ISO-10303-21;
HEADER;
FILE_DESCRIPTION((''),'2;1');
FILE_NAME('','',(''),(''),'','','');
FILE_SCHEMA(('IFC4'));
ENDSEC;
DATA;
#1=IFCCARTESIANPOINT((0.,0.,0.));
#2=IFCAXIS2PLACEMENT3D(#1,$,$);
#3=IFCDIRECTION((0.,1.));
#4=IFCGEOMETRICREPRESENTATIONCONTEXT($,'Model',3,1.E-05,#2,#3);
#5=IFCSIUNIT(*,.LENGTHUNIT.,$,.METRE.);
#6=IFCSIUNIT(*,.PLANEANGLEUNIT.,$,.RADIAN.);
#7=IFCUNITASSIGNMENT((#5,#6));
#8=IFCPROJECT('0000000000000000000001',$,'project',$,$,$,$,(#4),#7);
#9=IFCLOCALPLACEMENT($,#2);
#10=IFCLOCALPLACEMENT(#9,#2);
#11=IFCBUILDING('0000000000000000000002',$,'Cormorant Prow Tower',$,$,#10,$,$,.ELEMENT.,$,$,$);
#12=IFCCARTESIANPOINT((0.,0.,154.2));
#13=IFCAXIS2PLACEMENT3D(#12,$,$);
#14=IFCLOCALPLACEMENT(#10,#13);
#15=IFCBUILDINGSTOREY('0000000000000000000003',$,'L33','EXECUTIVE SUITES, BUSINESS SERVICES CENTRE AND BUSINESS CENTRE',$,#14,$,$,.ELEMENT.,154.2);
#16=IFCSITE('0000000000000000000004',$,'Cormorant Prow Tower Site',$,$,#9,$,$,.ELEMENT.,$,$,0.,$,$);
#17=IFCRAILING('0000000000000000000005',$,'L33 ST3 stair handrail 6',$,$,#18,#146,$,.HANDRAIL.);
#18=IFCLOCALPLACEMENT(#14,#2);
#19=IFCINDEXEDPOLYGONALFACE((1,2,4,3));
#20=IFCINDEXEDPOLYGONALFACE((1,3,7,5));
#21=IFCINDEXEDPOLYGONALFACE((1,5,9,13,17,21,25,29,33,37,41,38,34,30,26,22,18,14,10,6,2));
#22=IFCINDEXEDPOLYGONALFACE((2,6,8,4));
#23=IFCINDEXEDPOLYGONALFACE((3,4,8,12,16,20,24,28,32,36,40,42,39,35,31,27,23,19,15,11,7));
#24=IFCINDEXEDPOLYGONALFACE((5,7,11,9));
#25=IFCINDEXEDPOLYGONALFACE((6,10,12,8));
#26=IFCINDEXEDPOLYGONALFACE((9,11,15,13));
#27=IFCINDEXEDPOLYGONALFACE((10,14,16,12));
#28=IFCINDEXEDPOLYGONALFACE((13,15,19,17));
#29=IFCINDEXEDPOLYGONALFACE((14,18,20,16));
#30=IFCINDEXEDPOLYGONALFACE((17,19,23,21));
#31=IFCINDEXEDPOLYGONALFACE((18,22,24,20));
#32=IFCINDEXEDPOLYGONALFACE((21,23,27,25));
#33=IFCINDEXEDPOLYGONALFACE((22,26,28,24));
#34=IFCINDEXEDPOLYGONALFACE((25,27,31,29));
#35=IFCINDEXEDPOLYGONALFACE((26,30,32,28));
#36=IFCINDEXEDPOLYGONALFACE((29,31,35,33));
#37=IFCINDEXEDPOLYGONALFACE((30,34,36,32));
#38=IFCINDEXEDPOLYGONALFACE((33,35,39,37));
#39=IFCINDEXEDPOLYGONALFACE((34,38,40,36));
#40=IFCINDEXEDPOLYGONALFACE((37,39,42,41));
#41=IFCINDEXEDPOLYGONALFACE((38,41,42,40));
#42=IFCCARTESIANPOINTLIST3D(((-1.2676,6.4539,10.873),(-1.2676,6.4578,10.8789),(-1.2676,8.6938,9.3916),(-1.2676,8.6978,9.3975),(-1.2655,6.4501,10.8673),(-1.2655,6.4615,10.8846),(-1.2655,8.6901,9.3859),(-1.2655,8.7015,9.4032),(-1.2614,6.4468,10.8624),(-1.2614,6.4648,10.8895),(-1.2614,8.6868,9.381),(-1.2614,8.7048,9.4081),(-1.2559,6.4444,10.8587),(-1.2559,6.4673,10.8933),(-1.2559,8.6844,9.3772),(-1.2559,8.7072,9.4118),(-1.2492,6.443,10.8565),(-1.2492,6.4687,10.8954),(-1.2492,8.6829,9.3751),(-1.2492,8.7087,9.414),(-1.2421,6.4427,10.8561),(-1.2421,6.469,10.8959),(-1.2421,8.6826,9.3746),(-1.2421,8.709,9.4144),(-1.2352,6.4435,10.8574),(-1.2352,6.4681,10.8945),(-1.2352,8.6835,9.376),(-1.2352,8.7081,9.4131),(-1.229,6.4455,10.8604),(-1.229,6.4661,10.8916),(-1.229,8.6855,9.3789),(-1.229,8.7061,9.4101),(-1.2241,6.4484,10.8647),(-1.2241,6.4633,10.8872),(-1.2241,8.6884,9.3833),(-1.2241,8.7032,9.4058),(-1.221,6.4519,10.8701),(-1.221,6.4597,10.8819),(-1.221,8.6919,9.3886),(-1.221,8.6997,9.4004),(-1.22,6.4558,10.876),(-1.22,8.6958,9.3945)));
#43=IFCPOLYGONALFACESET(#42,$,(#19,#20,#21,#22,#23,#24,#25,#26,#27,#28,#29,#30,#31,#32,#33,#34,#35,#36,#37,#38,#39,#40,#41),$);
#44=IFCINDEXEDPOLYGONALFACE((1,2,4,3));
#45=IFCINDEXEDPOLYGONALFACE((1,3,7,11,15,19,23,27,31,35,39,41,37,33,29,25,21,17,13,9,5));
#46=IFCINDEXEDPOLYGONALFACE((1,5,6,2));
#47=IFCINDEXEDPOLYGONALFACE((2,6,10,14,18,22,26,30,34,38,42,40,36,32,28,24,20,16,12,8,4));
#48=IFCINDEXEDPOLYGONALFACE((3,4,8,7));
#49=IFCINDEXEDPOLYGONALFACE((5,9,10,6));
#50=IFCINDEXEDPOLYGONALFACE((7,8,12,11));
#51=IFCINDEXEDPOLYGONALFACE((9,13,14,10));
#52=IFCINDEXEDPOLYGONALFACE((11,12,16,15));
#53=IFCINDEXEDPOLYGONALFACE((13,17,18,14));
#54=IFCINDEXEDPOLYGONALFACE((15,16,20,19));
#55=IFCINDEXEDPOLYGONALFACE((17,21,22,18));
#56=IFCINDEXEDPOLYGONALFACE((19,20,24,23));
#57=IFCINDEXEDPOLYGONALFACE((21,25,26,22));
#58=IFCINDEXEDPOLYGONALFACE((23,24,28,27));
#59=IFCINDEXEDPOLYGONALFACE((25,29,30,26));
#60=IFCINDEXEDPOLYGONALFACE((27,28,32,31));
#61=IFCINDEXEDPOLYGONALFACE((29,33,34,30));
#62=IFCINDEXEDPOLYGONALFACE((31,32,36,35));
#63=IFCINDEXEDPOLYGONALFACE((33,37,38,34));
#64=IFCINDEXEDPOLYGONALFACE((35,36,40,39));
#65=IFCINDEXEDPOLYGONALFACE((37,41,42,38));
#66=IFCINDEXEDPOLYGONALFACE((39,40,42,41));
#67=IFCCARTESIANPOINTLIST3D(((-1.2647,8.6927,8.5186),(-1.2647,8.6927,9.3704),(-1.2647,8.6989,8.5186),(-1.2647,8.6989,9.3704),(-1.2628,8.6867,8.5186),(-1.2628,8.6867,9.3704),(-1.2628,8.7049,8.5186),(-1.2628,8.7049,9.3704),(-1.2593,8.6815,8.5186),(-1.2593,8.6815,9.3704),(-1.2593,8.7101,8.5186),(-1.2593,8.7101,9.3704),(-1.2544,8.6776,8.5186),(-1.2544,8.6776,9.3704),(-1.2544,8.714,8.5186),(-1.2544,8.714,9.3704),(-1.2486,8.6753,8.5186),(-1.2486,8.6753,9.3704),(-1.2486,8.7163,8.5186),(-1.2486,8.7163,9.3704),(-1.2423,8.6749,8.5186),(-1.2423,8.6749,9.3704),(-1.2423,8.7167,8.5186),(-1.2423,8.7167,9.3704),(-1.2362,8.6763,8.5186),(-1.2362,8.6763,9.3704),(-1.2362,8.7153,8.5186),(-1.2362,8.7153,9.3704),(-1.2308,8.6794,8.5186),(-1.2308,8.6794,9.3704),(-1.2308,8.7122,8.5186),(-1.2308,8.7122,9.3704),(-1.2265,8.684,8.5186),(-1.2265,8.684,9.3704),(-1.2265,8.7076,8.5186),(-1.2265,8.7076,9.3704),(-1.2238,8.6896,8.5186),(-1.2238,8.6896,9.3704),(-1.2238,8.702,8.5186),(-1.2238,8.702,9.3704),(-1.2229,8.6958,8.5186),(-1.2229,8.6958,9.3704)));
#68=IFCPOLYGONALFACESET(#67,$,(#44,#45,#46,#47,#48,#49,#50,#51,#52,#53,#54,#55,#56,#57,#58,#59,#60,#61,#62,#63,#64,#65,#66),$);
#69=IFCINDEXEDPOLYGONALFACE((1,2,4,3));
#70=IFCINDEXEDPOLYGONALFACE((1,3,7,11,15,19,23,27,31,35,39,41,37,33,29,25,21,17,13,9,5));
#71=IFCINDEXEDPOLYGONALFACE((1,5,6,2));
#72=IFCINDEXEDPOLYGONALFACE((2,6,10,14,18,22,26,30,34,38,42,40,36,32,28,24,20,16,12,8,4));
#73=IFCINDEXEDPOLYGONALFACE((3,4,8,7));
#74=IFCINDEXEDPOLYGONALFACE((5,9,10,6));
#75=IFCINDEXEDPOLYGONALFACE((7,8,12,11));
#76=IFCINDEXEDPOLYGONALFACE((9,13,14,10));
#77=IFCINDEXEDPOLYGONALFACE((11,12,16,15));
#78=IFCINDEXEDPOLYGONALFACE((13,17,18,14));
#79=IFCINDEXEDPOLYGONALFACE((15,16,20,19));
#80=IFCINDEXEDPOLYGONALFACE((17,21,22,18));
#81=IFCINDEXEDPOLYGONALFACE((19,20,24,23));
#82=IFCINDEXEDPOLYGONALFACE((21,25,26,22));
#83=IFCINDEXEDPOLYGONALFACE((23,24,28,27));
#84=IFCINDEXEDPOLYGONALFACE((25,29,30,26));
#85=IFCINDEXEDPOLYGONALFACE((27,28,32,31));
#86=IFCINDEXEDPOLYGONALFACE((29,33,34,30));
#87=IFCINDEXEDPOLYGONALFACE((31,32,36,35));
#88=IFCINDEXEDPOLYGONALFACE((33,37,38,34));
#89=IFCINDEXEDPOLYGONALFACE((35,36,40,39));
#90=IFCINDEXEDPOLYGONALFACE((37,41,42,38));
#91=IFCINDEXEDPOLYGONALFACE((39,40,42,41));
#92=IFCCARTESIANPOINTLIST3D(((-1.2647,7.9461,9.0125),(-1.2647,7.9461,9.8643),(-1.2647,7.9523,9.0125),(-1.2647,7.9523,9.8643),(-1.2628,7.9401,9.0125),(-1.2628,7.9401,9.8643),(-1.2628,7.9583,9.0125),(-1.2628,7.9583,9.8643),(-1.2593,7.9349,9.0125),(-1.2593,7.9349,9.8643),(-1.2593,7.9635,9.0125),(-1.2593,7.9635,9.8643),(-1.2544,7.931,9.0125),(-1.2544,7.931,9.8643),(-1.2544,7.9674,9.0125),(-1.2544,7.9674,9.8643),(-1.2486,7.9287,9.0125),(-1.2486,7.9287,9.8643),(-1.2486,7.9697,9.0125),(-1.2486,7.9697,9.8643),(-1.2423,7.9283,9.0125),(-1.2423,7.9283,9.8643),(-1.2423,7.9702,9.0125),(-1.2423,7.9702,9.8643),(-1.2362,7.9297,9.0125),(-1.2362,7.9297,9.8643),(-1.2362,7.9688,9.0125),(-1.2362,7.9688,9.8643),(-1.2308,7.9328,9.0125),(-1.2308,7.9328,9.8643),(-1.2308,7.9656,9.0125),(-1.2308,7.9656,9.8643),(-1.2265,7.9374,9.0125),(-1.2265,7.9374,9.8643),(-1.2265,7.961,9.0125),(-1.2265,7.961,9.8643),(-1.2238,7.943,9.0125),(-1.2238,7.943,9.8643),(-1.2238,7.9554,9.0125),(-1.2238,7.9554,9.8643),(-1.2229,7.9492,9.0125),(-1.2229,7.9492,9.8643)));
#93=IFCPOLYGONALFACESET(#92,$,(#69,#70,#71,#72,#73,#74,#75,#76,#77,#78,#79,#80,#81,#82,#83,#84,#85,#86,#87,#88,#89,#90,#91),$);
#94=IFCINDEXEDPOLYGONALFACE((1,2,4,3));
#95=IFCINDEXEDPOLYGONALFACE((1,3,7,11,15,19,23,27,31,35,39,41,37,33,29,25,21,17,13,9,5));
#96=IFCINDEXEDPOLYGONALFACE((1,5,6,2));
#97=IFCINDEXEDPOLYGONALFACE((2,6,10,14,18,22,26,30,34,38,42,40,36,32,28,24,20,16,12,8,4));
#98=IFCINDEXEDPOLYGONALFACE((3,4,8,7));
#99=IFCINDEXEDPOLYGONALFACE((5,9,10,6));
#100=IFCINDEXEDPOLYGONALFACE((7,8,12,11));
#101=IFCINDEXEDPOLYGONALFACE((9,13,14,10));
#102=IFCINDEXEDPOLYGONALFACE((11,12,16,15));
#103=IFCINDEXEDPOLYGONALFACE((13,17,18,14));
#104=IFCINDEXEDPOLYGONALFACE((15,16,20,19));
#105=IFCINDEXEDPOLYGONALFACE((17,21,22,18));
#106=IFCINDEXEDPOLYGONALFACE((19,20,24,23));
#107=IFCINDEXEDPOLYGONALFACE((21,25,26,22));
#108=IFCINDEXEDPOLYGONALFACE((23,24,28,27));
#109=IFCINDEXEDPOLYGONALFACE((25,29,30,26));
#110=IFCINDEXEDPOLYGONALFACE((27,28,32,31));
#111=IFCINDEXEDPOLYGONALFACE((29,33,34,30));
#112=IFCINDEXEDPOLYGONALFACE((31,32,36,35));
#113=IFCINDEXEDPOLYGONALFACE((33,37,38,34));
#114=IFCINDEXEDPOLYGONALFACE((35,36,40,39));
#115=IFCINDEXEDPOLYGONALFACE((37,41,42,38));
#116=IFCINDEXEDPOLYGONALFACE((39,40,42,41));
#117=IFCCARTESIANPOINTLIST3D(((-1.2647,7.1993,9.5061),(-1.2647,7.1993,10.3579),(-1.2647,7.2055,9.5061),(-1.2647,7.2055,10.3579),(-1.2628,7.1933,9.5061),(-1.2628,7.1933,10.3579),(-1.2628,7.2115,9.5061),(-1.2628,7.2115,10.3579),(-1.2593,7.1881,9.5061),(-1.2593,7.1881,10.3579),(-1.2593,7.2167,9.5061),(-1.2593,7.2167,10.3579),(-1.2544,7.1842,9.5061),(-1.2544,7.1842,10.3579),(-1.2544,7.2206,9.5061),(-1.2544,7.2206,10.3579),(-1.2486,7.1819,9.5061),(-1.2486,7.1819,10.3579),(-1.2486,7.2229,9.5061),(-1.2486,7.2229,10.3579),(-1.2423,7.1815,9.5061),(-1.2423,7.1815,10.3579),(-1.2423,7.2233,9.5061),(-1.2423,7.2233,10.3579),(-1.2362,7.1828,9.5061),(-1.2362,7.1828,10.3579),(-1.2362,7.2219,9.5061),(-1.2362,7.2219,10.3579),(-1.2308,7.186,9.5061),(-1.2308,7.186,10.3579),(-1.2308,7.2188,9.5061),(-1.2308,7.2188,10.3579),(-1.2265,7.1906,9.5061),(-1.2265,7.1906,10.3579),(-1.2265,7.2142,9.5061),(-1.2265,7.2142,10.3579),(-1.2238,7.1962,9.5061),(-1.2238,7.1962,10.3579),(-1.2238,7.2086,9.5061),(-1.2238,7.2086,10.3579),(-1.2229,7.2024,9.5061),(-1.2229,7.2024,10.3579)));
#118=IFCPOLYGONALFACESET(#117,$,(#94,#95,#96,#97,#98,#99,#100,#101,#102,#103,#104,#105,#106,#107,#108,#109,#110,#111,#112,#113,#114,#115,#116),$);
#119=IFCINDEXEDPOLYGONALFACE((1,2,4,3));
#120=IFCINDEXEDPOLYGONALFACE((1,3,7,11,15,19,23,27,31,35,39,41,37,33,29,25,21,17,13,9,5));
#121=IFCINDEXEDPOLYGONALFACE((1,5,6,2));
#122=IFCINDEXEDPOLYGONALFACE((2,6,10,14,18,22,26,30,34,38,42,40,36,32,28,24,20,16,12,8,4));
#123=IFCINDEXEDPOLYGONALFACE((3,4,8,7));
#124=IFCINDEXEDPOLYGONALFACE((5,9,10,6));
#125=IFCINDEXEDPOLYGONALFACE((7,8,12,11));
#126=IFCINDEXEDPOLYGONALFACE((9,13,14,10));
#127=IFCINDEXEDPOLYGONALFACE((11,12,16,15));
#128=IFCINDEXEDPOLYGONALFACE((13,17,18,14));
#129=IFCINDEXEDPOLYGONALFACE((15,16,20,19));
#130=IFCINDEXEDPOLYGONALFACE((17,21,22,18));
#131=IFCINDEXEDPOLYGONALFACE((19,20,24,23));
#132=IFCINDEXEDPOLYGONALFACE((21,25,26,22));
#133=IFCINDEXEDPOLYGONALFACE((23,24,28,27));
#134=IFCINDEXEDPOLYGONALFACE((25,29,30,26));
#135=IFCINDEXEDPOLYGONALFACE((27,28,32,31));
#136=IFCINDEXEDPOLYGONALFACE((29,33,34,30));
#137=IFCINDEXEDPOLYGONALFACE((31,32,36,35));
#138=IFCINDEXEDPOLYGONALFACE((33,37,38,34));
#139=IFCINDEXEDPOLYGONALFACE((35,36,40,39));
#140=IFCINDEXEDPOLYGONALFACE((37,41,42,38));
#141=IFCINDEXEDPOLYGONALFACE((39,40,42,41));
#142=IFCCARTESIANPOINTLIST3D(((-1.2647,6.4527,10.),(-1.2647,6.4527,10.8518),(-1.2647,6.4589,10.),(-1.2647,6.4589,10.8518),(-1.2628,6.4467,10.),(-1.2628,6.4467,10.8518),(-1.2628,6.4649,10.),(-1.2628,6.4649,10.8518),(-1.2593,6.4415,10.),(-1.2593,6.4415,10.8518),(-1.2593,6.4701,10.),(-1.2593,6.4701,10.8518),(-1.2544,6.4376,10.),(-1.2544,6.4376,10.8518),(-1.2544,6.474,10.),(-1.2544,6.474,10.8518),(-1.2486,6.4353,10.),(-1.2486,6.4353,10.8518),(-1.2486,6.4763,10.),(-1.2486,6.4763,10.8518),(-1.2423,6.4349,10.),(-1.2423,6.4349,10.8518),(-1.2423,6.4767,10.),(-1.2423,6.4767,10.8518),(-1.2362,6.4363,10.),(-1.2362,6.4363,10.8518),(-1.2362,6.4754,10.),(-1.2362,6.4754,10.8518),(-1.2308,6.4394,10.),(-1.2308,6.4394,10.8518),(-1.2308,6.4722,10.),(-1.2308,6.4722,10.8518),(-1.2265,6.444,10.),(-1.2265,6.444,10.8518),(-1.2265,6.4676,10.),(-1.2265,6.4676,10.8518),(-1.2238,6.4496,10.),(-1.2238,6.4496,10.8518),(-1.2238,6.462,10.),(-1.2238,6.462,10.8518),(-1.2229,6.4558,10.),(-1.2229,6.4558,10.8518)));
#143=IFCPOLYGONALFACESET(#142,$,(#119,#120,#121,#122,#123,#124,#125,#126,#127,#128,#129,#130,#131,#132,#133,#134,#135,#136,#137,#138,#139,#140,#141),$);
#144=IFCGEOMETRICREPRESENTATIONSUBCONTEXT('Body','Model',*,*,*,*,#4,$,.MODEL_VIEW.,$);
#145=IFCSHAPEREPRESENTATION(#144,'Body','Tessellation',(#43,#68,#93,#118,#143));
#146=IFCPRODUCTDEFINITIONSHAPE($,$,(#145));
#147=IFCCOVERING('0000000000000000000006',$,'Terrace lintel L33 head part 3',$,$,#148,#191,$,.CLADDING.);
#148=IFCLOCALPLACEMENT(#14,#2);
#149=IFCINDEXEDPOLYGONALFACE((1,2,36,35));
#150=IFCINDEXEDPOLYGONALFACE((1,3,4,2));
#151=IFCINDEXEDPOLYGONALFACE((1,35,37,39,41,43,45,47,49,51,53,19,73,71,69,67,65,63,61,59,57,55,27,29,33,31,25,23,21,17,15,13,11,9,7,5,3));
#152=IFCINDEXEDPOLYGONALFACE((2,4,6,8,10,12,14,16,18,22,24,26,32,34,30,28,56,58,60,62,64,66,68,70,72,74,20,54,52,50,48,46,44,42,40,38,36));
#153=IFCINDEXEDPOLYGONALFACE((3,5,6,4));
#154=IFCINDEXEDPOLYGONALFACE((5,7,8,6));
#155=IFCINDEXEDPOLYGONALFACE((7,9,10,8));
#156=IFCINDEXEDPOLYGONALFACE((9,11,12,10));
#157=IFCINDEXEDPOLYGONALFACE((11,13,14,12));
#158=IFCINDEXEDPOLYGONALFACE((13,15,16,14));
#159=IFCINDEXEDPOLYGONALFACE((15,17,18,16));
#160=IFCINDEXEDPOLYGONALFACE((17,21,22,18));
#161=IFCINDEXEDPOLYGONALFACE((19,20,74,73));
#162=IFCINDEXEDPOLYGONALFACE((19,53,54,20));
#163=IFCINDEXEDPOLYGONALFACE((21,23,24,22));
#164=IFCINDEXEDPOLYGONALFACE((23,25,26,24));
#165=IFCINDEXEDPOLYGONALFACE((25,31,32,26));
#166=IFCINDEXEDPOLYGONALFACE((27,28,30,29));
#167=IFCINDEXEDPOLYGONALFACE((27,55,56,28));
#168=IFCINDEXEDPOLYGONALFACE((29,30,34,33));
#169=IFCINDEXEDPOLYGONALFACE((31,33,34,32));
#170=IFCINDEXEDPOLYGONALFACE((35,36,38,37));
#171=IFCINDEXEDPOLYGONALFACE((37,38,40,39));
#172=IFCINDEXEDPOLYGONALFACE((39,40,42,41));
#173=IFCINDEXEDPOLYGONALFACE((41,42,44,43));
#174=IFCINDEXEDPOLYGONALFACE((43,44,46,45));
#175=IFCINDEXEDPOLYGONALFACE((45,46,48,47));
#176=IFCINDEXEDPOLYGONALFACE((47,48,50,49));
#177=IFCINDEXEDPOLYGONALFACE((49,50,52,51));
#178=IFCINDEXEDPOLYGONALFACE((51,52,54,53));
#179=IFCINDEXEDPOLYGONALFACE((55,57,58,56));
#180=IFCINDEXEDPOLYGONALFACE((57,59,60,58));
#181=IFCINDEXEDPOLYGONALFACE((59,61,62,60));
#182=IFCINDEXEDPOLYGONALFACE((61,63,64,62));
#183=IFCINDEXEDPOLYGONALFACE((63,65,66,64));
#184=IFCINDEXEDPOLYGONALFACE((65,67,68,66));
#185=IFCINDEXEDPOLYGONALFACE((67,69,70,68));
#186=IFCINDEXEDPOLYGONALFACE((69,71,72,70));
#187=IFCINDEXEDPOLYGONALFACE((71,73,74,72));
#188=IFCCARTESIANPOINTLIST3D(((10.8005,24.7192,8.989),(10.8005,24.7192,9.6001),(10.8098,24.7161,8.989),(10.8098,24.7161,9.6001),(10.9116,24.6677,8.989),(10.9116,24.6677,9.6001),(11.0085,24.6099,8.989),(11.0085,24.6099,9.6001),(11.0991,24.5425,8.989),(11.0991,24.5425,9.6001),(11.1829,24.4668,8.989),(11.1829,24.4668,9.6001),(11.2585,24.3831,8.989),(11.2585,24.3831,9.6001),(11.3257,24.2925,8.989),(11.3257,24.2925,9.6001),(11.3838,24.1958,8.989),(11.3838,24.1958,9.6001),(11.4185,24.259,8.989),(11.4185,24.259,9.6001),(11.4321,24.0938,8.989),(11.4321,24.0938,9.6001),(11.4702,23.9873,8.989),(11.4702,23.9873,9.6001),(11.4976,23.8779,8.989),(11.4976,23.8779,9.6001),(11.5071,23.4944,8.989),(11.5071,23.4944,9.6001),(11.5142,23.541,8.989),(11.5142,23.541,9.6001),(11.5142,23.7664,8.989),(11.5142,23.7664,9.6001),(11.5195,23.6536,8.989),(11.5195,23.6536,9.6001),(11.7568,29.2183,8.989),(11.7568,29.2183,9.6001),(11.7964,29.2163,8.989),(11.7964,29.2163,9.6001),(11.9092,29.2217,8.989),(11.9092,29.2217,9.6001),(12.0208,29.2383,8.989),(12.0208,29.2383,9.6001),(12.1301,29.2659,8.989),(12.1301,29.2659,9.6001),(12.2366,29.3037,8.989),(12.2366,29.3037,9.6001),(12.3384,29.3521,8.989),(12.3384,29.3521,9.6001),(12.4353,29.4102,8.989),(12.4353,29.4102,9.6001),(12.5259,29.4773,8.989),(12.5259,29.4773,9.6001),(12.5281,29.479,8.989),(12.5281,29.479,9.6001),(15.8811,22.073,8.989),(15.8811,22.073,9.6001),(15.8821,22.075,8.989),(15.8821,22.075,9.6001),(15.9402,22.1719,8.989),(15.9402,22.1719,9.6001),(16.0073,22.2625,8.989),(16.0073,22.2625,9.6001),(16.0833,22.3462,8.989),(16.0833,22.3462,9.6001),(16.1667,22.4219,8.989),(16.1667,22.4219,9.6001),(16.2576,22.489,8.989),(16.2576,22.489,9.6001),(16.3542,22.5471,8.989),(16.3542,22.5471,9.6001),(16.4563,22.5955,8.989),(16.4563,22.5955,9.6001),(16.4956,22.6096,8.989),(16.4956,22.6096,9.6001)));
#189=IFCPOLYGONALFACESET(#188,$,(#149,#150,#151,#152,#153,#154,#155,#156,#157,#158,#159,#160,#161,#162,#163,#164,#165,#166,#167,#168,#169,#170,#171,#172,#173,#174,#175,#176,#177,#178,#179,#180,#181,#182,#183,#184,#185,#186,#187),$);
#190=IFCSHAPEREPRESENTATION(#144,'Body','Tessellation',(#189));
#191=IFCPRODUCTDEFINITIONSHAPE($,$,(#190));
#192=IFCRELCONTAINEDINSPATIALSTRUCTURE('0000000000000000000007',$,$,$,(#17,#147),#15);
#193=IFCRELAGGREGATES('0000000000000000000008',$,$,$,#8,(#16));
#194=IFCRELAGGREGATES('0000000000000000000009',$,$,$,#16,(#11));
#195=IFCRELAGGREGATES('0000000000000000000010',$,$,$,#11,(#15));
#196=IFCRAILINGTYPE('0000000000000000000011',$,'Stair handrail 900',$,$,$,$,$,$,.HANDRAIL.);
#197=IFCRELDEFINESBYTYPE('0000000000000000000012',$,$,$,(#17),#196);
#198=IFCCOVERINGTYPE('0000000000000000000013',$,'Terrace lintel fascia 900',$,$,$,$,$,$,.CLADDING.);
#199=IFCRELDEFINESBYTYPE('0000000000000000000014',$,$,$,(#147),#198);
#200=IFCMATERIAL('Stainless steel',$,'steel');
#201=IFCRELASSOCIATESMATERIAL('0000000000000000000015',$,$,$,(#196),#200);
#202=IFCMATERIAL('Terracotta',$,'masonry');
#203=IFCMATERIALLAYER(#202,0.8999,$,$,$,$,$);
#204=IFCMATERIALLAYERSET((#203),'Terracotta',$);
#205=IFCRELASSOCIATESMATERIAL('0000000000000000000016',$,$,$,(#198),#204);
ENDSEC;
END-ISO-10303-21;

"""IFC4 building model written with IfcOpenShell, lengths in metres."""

from ifc_helpers import new_model, si_unit, direction, frame, origin, origin_2d, place, context, subcontext, project, spatial, polyline, circle, outline, extrude, material, layer, layer_set, type_object, element, save


model = new_model("IFC4")

# Units and contexts
model_context = context("Model", 3, precision=1e-05, world=origin(), true_north=direction((0.0, 1.0)))
body_context = subcontext(model_context, "Body", "Model", "MODEL_VIEW")
ifc_project = project(units=[si_unit("LENGTHUNIT", "METRE"), si_unit("PLANEANGLEUNIT", "RADIAN")], contexts=[model_context])

# Site, building, storey
site_placement = place(None, origin())
site = spatial("IfcSite", under=ifc_project, at=site_placement, Name="Cormorant Prow Tower Site", CompositionType="ELEMENT", RefElevation=0.0)
building_placement = place(site_placement, origin())
building = spatial("IfcBuilding", under=site, at=building_placement, Name="Cormorant Prow Tower", CompositionType="ELEMENT")
storey_placement = place(building_placement, frame((0.0, 0.0, 154.2)))
storey = spatial("IfcBuildingStorey", under=building, at=storey_placement, Name="L33", Description="EXECUTIVE SUITES, BUSINESS SERVICES CENTRE AND BUSINESS CENTRE", CompositionType="ELEMENT", Elevation=154.2)

# Railing
ifc_material_1 = material(Name="Stainless steel", Category="steel")
railing_type = type_object("IfcRailingType", Name="Stair handrail 900", PredefinedType="HANDRAIL", material=ifc_material_1)
for number, where, name in (
    (1, (-1.2439, 8.6958, 8.5186), "L33 ST3 stair handrail 6"),
):
    element("IfcRailing", number, at=place(storey_placement, frame(where)), inside=storey, type_object=railing_type, Name=name, PredefinedType="HANDRAIL", context=body_context, shape_type="SweptSolid", body=[
        extrude(circle(Radius=0.0239, at=origin_2d()), frame((0.0, 0.0, 0.876), z_axis=(0.0, -0.834087, 0.551634), x_axis=(1.0, 0.0, 0.0)), (0.0, 0.0, 1.0), 2.6855),
        extrude(circle(Radius=0.021, at=origin_2d()), origin(), (0.0, 0.0, 1.0), 0.8518),
        extrude(circle(Radius=0.021, at=origin_2d()), frame((0.0, -0.7466, 0.4939)), (0.0, 0.0, 1.0), 0.8518),
        extrude(circle(Radius=0.021, at=origin_2d()), frame((0.0, -1.4934, 0.9875)), (0.0, 0.0, 1.0), 0.8518),
        extrude(circle(Radius=0.021, at=origin_2d()), frame((0.0, -2.24, 1.4814)), (0.0, 0.0, 1.0), 0.8518),
    ])

# Covering
ifc_material_2 = material(Name="Terracotta", Category="masonry")
ifc_layer_1 = layer(ifc_material_2, 0.8999)
ifc_layer_set_1 = layer_set([ifc_layer_1], Name="Terracotta")
covering_type = type_object("IfcCoveringType", Name="Terrace lintel fascia 900", PredefinedType="CLADDING", material=ifc_layer_set_1)
covering_1_placement = place(storey_placement, frame((0.0, 0.0, 8.989)))
element("IfcCovering", 2, at=covering_1_placement, inside=storey, type_object=covering_type, Name="Terrace lintel L33 head part 3", PredefinedType="CLADDING", context=body_context, shape_type="SweptSolid", body=[
    extrude(outline(polyline([(11.5142, 23.541), (11.5195, 23.6536), (11.5142, 23.7664), (11.4976, 23.8779), (11.4702, 23.9873), (11.4321, 24.0938), (11.3838, 24.1958), (11.3257, 24.2925), (11.2585, 24.3831), (11.1829, 24.4668), (11.0991, 24.5425), (11.0085, 24.6099), (10.9116, 24.6677), (10.8098, 24.7161), (10.8005, 24.7192), (11.7568, 29.2183), (11.7964, 29.2163), (11.9092, 29.2217), (12.0208, 29.2383), (12.1301, 29.2659), (12.2366, 29.3037), (12.3384, 29.3521), (12.4353, 29.4102), (12.5259, 29.4773), (12.5281, 29.479), (11.4185, 24.259), (16.4956, 22.6096), (16.4563, 22.5955), (16.3542, 22.5471), (16.2576, 22.489), (16.1667, 22.4219), (16.0833, 22.3462), (16.0073, 22.2625), (15.9402, 22.1719), (15.8821, 22.075), (15.8811, 22.073), (11.5071, 23.4944), (11.5142, 23.541)])), origin(), (0.0, 0.0, 1.0), 0.6111),
])

save(model, "model.ifc")
